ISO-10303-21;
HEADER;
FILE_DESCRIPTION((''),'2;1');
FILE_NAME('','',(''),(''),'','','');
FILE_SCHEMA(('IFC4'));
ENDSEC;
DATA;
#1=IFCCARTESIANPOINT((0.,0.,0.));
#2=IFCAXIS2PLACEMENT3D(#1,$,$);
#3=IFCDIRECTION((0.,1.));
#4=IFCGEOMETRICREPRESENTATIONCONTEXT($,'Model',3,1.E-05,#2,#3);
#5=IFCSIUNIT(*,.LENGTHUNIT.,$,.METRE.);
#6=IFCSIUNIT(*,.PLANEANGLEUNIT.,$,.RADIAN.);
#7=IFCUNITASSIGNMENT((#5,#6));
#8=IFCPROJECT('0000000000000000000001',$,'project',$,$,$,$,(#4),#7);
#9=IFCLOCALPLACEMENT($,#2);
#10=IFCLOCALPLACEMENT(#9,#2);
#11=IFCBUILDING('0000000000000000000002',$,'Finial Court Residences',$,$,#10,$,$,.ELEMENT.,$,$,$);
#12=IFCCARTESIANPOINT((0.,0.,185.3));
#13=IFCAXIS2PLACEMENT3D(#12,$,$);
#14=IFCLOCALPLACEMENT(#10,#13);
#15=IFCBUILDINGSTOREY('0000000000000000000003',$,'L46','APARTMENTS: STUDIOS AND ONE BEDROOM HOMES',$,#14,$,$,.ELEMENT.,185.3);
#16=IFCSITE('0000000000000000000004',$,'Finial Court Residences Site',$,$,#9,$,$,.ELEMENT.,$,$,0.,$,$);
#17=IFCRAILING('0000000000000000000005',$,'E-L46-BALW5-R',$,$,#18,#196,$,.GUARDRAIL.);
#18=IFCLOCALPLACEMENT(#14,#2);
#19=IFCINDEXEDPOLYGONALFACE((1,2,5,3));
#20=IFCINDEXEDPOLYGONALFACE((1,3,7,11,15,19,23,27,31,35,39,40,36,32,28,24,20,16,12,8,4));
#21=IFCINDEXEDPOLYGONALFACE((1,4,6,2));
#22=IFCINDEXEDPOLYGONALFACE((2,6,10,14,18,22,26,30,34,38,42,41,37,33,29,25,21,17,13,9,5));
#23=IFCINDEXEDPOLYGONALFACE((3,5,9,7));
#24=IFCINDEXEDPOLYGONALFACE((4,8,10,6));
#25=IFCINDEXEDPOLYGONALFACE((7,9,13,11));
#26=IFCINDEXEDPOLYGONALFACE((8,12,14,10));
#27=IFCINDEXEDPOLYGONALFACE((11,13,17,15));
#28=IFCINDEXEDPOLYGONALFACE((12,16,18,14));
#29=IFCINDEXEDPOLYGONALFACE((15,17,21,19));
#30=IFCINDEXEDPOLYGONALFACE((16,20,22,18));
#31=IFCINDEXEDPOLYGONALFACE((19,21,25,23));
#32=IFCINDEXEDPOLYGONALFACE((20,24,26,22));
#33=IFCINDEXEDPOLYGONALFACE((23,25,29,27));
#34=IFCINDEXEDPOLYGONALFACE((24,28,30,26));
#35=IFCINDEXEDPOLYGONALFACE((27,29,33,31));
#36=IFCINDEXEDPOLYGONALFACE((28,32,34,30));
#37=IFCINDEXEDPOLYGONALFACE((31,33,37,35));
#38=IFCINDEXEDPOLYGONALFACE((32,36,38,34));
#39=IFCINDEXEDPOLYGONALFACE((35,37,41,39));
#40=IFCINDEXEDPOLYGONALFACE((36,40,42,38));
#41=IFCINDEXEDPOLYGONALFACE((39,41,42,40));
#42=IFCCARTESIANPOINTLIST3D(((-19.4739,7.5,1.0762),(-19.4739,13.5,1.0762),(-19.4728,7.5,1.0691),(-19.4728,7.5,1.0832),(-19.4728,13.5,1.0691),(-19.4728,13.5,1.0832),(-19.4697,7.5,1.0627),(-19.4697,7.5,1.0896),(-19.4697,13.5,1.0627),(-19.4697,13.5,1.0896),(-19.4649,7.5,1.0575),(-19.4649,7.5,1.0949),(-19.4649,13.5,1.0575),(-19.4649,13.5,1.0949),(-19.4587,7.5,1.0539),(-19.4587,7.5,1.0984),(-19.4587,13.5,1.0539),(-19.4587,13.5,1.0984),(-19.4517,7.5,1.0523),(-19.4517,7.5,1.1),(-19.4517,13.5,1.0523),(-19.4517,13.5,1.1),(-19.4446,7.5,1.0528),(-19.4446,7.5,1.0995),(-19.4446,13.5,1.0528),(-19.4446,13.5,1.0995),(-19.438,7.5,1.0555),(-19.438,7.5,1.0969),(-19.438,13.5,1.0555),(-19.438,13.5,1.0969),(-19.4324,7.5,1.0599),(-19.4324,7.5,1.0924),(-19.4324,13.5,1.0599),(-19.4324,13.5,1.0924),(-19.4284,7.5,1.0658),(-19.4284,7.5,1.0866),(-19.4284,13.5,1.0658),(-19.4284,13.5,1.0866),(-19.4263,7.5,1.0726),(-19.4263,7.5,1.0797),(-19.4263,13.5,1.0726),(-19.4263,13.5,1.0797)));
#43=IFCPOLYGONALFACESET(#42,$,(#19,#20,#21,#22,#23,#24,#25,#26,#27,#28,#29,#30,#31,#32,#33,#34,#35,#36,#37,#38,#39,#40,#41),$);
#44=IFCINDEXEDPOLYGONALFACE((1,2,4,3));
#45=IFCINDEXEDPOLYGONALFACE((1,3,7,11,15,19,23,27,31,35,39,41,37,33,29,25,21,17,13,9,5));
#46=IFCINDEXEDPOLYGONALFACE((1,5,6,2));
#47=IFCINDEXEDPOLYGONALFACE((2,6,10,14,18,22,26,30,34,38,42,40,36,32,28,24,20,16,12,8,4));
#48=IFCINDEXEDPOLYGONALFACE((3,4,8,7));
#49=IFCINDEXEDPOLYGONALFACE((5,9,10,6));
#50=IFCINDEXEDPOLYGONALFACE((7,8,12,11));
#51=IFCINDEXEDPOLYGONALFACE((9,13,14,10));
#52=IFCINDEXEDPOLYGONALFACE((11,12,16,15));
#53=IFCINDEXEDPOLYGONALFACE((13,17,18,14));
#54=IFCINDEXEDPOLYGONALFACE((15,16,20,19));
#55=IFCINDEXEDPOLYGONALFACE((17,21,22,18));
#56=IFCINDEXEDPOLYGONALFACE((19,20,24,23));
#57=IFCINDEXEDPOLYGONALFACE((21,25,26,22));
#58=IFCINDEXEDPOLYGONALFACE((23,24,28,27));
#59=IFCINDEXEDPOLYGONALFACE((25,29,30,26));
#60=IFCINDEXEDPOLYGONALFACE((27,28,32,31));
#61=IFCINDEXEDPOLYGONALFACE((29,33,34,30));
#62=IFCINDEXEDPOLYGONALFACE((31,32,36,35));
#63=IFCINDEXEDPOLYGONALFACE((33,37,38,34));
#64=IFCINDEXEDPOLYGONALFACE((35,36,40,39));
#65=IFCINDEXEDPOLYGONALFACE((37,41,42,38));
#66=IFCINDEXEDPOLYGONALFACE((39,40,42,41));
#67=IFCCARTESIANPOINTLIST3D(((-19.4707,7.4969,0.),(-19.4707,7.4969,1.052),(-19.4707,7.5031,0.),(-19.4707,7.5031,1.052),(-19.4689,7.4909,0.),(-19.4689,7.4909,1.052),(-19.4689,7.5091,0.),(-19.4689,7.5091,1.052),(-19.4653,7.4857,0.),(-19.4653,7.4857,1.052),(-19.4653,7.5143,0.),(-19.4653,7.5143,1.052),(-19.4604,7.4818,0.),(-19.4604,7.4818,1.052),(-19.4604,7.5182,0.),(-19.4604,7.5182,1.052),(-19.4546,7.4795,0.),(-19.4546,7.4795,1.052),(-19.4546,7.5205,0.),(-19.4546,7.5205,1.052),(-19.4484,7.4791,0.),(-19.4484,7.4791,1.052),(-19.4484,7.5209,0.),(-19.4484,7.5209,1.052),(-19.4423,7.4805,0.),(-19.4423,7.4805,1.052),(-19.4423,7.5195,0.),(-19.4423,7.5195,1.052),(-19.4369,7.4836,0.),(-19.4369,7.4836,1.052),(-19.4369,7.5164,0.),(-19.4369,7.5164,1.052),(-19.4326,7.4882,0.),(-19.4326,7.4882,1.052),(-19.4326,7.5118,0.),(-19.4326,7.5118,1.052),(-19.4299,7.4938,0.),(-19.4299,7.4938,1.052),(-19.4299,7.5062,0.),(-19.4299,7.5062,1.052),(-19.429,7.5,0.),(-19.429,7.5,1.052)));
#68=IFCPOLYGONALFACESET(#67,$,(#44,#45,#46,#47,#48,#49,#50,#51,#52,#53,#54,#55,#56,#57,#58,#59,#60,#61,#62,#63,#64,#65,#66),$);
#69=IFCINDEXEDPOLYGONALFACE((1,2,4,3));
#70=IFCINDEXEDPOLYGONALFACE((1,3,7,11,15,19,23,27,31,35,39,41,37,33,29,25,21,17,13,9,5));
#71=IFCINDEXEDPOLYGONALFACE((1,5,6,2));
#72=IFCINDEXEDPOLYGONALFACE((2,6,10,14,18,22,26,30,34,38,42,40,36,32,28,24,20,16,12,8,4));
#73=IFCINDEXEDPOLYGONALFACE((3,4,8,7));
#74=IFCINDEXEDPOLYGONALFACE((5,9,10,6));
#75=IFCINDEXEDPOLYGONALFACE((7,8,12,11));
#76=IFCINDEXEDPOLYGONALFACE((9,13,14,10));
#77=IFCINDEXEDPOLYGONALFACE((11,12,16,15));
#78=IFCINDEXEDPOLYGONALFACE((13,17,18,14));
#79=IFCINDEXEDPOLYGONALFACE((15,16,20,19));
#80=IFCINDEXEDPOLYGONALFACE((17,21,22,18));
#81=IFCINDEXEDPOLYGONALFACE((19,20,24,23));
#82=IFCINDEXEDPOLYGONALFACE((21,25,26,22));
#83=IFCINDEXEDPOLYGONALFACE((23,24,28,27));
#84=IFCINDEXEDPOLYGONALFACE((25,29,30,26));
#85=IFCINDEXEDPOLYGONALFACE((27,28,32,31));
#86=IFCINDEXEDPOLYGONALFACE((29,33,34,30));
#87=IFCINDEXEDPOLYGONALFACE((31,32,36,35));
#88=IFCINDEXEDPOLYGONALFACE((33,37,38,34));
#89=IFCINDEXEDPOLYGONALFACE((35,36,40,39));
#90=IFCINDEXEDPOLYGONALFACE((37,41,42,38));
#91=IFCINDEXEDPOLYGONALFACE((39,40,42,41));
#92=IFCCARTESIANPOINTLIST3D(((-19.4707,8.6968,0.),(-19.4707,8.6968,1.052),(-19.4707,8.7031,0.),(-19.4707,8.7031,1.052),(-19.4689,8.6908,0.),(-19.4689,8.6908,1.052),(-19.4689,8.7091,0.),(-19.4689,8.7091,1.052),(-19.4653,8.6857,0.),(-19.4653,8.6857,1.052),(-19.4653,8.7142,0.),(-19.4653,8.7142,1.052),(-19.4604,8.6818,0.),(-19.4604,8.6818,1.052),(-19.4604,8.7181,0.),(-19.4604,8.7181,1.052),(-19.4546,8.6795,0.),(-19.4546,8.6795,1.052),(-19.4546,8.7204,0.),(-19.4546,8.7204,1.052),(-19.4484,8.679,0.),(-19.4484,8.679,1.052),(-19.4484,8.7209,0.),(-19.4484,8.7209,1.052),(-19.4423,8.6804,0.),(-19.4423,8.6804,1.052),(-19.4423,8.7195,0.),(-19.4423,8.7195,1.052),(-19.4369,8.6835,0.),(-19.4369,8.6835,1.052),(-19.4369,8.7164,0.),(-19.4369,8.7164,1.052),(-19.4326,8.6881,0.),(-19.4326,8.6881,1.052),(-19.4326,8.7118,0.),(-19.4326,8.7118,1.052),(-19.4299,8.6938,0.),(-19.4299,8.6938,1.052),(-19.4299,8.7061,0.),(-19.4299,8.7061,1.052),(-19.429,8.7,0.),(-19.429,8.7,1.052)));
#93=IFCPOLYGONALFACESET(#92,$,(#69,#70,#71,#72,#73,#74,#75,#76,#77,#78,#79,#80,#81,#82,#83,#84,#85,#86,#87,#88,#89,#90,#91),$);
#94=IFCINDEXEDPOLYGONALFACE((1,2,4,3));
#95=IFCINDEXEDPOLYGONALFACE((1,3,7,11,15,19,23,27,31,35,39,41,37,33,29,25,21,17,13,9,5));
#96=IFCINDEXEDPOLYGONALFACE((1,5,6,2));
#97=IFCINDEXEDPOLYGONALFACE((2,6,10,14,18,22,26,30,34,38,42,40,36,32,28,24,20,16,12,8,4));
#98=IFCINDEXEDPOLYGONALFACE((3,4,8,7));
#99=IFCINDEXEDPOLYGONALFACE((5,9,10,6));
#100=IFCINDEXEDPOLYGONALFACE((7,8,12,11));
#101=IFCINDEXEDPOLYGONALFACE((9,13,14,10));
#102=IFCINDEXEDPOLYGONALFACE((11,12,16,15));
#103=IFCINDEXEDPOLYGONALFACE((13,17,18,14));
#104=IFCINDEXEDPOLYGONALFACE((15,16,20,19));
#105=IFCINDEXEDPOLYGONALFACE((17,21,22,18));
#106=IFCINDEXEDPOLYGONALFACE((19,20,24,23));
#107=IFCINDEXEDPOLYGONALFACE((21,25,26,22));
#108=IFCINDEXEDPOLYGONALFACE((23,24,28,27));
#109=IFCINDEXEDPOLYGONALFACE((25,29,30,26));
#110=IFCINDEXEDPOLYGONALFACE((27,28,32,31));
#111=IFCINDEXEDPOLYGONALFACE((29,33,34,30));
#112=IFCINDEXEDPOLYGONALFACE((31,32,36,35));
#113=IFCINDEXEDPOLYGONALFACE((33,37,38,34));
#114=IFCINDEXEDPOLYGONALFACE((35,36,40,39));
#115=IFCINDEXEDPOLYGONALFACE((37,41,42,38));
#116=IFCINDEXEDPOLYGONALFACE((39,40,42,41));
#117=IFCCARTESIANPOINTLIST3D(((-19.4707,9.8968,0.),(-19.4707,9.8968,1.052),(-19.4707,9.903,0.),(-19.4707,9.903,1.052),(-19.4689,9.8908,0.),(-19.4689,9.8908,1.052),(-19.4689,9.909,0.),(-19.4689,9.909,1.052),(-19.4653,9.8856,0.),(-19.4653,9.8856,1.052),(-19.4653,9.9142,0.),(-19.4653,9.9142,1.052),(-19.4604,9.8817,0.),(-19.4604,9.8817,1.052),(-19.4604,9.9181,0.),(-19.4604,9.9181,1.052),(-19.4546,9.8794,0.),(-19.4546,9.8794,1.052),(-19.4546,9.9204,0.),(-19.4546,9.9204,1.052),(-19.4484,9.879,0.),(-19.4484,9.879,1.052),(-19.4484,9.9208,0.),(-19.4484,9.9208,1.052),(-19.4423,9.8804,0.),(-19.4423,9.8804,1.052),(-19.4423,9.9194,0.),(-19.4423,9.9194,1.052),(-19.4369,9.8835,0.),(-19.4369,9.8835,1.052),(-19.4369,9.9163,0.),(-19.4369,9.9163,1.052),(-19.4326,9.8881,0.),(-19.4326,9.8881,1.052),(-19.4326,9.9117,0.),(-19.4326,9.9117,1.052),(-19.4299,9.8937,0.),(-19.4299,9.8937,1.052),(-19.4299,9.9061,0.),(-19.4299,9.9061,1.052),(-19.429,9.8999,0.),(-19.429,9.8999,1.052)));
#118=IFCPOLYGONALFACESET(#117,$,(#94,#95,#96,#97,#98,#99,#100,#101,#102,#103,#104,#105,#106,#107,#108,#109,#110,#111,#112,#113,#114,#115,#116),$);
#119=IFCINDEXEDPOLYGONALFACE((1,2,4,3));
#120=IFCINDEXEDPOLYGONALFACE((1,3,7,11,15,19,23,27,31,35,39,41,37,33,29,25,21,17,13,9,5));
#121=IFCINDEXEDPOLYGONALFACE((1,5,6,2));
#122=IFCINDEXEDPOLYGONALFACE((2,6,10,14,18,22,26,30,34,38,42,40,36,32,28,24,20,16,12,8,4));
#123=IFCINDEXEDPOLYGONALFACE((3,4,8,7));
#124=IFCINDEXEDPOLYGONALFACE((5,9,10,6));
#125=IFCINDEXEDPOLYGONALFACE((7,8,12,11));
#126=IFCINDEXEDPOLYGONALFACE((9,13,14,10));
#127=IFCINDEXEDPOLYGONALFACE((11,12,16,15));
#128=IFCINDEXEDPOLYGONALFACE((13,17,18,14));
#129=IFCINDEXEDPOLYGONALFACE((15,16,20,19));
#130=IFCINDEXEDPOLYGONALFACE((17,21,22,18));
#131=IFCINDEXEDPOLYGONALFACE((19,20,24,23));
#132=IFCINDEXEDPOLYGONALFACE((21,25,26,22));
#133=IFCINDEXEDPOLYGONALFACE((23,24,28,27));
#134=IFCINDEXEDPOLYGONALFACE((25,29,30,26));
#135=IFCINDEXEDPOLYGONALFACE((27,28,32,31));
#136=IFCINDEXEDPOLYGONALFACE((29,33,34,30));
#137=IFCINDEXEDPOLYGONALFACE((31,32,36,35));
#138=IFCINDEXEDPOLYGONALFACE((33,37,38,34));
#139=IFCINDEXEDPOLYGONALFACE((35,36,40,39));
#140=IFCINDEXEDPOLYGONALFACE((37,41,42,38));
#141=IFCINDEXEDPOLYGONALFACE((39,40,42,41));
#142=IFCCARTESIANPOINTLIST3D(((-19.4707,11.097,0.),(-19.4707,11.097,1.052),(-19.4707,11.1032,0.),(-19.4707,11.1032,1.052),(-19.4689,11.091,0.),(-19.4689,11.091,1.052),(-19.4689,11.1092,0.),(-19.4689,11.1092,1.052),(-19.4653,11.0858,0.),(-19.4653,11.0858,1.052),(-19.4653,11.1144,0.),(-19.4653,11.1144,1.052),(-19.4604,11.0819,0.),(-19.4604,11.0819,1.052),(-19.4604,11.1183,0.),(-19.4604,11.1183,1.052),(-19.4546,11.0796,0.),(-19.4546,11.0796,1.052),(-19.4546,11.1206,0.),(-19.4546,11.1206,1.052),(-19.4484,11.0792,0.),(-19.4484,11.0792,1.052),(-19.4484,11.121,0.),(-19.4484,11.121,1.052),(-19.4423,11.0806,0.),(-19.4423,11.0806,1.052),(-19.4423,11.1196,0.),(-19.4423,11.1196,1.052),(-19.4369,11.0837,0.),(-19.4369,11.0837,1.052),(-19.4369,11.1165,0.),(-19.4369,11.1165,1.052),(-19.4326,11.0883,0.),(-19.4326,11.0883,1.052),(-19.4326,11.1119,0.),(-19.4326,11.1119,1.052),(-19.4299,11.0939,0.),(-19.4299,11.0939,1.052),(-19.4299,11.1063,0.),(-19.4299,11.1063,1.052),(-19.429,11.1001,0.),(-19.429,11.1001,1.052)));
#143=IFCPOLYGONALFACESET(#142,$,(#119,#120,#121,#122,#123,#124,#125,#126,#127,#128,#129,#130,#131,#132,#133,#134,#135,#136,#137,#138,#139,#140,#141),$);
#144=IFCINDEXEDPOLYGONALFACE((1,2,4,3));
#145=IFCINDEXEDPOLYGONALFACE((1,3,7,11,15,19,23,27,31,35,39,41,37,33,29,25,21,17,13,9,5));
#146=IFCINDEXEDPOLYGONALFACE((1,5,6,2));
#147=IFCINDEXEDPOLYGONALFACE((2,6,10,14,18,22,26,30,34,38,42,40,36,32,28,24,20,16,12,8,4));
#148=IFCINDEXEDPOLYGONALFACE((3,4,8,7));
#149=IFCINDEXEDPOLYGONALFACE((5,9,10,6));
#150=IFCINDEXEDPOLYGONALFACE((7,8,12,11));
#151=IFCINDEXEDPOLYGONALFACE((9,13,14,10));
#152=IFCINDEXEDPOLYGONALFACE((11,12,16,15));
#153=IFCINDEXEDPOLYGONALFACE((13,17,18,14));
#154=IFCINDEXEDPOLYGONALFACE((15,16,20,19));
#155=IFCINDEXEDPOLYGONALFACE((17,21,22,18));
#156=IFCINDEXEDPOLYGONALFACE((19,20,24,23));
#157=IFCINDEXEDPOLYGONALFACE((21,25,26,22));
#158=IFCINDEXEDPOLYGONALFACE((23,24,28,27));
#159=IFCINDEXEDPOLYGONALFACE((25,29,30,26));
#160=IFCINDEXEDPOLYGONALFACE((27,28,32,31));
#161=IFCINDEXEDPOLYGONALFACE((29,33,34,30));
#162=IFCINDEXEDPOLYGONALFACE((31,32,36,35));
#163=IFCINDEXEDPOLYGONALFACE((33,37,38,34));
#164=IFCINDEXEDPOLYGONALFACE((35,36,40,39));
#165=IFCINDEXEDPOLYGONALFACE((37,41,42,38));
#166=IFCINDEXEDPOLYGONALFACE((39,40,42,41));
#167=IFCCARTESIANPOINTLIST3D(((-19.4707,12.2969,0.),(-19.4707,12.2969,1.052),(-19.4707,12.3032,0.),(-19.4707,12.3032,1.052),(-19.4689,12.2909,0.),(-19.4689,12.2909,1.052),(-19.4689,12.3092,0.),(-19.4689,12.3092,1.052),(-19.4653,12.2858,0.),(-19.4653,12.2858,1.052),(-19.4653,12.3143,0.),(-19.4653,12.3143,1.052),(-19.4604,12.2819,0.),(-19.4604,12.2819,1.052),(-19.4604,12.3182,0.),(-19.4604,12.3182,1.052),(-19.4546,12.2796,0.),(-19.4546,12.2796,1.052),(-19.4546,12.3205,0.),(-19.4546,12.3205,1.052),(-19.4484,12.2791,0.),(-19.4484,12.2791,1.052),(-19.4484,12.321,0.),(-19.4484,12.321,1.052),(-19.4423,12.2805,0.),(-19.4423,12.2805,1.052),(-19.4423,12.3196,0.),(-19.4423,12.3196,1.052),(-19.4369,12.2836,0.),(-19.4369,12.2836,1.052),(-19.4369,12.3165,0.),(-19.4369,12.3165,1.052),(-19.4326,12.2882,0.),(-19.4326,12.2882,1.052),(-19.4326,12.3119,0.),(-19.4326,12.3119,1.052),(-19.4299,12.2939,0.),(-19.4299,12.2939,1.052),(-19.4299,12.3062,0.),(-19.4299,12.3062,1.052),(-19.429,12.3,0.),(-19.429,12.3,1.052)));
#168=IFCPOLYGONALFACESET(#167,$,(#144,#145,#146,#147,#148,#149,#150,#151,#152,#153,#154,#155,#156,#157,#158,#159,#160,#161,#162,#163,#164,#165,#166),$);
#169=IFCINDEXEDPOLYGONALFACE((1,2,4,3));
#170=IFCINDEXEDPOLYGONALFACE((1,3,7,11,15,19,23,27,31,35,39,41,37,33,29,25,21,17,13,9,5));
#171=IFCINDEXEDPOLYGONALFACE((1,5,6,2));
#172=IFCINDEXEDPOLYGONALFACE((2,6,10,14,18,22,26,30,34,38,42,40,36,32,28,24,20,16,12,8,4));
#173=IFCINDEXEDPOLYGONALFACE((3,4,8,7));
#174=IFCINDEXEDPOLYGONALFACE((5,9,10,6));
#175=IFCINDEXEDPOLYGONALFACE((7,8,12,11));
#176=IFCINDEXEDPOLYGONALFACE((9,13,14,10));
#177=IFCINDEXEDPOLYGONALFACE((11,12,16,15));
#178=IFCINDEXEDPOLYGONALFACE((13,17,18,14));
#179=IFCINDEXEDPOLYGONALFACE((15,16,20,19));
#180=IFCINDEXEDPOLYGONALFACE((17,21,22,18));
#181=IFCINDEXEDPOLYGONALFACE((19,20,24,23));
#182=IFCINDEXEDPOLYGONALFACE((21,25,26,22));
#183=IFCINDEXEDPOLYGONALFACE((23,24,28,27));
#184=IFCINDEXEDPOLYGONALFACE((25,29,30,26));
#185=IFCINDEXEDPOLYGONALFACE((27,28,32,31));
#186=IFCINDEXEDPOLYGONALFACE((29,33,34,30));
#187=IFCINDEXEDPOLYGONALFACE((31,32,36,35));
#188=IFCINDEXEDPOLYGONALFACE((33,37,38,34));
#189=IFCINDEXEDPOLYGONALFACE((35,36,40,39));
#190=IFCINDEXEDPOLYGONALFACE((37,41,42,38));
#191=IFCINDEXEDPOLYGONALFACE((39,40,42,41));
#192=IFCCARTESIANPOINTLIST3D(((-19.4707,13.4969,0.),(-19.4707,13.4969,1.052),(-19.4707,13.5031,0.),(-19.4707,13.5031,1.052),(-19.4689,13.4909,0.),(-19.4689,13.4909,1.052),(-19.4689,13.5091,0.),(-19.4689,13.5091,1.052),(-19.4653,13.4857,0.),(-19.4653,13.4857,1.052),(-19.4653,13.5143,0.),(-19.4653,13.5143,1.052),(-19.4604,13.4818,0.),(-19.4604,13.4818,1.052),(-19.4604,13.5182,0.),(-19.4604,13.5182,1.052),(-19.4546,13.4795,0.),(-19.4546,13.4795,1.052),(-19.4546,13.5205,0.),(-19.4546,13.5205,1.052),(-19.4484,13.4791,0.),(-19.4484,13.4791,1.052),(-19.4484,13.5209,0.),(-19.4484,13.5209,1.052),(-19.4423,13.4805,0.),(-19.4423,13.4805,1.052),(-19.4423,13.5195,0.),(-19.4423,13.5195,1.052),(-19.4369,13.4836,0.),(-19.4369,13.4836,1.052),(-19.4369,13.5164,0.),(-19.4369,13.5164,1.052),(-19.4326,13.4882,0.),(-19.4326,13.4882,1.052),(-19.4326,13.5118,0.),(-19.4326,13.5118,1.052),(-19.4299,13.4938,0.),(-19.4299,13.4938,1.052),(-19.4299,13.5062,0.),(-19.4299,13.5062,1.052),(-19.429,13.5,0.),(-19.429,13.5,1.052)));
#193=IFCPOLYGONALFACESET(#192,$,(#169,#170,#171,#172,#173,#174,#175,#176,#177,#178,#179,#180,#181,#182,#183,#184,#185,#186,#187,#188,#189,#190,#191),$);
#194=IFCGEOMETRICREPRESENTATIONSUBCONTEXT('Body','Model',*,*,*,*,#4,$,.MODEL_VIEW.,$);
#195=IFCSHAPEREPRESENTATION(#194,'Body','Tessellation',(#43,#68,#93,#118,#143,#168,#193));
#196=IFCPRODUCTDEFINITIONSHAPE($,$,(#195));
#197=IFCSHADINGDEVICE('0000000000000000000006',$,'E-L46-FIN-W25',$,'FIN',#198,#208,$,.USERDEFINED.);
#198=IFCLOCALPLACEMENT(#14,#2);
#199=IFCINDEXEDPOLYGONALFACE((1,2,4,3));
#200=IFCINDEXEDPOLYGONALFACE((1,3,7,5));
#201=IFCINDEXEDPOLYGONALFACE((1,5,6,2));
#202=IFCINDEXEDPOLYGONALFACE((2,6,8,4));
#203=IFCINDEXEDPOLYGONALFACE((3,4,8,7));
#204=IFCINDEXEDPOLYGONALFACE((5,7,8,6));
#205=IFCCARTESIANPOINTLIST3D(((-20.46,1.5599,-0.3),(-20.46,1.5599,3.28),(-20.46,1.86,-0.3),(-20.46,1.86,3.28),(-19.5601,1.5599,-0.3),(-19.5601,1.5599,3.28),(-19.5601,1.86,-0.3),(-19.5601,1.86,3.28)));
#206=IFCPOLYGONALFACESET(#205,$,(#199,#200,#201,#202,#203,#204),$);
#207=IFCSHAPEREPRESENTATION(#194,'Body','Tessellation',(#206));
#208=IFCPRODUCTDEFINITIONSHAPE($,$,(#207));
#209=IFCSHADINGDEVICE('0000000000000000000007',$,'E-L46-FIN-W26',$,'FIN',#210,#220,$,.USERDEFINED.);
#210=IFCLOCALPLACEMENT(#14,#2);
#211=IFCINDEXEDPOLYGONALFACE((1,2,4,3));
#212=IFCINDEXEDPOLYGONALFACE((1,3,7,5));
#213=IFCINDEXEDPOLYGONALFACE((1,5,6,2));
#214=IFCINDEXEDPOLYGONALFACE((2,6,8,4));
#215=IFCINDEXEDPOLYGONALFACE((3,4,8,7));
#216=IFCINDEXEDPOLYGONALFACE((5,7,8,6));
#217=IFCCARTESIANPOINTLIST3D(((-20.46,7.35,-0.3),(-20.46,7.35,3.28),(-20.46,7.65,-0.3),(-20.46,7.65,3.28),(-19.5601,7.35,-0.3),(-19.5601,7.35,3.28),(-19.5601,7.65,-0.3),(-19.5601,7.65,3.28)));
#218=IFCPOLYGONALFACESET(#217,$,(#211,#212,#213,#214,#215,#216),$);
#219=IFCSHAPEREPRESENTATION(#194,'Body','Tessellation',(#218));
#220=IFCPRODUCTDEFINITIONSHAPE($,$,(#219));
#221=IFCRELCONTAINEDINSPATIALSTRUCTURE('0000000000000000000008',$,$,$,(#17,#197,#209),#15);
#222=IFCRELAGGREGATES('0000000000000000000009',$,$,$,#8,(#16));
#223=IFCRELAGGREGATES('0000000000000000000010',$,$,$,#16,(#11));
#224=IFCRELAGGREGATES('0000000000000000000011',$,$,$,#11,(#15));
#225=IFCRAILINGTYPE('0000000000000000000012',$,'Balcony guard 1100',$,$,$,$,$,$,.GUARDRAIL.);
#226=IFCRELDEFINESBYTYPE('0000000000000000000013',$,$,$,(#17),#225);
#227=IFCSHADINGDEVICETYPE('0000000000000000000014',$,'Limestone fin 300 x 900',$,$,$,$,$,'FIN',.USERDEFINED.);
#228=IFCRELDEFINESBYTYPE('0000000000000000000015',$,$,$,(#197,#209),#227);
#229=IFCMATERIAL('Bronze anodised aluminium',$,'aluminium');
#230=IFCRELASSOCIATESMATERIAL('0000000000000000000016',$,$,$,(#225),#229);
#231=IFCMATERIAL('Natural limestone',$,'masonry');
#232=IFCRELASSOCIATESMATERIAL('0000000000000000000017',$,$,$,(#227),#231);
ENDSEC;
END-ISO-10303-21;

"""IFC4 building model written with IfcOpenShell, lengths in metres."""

from ifc_helpers import new_model, si_unit, direction, frame, origin, origin_2d, place, context, subcontext, project, spatial, rectangle, circle, extrude, material, type_object, element, save


model = new_model("IFC4")

# Units and contexts
model_context = context("Model", 3, precision=1e-05, world=origin(), true_north=direction((0.0, 1.0)))
body_context = subcontext(model_context, "Body", "Model", "MODEL_VIEW")
ifc_project = project(units=[si_unit("LENGTHUNIT", "METRE"), si_unit("PLANEANGLEUNIT", "RADIAN")], contexts=[model_context])

# Site, building, storey
site_placement = place(None, origin())
site = spatial("IfcSite", under=ifc_project, at=site_placement, Name="Finial Court Residences Site", CompositionType="ELEMENT", RefElevation=0.0)
building_placement = place(site_placement, origin())
building = spatial("IfcBuilding", under=site, at=building_placement, Name="Finial Court Residences", CompositionType="ELEMENT")
storey_placement = place(building_placement, frame((0.0, 0.0, 185.3)))
storey = spatial("IfcBuildingStorey", under=building, at=storey_placement, Name="L46", Description="APARTMENTS: STUDIOS AND ONE BEDROOM HOMES", CompositionType="ELEMENT", Elevation=185.3)

# Shared definitions
ifc_material_1 = material(Name="Bronze anodised aluminium", Category="aluminium")

# Shared definitions
ifc_material_2 = material(Name="Natural limestone", Category="masonry")

# Railing
railing_type = type_object("IfcRailingType", Name="Balcony guard 1100", PredefinedType="GUARDRAIL", material=ifc_material_1)
railing_placement = place(storey_placement, frame((-19.45, 7.5, 0.0)))
element("IfcRailing", 1, at=railing_placement, inside=storey, type_object=railing_type, Name="E-L46-BALW5-R", PredefinedType="GUARDRAIL", context=body_context, shape_type="SweptSolid", body=[
    extrude(circle(Radius=0.0239, at=origin_2d()), frame((0.0, 0.0, 1.0762), z_axis=(0.0, 1.0, 0.0), x_axis=(-1.0, 0.0, 0.0)), (0.0, 0.0, 1.0), 6.0),
    extrude(circle(Radius=0.021, at=origin_2d()), origin(), (0.0, 0.0, 1.0), 1.052),
    extrude(circle(Radius=0.021, at=origin_2d()), frame((0.0, 1.2, 0.0)), (0.0, 0.0, 1.0), 1.052),
    extrude(circle(Radius=0.021, at=origin_2d()), frame((0.0, 2.3999, 0.0)), (0.0, 0.0, 1.0), 1.052),
    extrude(circle(Radius=0.021, at=origin_2d()), frame((0.0, 3.6001, 0.0)), (0.0, 0.0, 1.0), 1.052),
    extrude(circle(Radius=0.021, at=origin_2d()), frame((0.0, 4.8, 0.0)), (0.0, 0.0, 1.0), 1.052),
    extrude(circle(Radius=0.021, at=origin_2d()), frame((0.0, 6.0, 0.0)), (0.0, 0.0, 1.0), 1.052),
])

# Shading devices
shading_device_type = type_object("IfcShadingDeviceType", Name="Limestone fin 300 x 900", ElementType="FIN", PredefinedType="USERDEFINED", material=ifc_material_2)
for number, where, z_axis, x_axis, name in (
    (2, (-20.01, 1.71, -0.3), (0.0, 0.0, 1.0), (1.0, 0.0, 0.0), "E-L46-FIN-W25"),
    (3, (-20.01, 7.5, -0.3), (0.0, 0.0, 1.0), (1.0, 0.0, 0.0), "E-L46-FIN-W26"),
):
    element("IfcShadingDevice", number, at=place(storey_placement, frame(where, z_axis=z_axis, x_axis=x_axis)), inside=storey, type_object=shading_device_type, Name=name, ObjectType="FIN", PredefinedType="USERDEFINED", context=body_context, shape_type="SweptSolid", body=[
        extrude(rectangle(XDim=0.8999, YDim=0.3, at=origin_2d()), origin(), (0.0, 0.0, 1.0), 3.5801),
    ])

save(model, "model.ifc")
